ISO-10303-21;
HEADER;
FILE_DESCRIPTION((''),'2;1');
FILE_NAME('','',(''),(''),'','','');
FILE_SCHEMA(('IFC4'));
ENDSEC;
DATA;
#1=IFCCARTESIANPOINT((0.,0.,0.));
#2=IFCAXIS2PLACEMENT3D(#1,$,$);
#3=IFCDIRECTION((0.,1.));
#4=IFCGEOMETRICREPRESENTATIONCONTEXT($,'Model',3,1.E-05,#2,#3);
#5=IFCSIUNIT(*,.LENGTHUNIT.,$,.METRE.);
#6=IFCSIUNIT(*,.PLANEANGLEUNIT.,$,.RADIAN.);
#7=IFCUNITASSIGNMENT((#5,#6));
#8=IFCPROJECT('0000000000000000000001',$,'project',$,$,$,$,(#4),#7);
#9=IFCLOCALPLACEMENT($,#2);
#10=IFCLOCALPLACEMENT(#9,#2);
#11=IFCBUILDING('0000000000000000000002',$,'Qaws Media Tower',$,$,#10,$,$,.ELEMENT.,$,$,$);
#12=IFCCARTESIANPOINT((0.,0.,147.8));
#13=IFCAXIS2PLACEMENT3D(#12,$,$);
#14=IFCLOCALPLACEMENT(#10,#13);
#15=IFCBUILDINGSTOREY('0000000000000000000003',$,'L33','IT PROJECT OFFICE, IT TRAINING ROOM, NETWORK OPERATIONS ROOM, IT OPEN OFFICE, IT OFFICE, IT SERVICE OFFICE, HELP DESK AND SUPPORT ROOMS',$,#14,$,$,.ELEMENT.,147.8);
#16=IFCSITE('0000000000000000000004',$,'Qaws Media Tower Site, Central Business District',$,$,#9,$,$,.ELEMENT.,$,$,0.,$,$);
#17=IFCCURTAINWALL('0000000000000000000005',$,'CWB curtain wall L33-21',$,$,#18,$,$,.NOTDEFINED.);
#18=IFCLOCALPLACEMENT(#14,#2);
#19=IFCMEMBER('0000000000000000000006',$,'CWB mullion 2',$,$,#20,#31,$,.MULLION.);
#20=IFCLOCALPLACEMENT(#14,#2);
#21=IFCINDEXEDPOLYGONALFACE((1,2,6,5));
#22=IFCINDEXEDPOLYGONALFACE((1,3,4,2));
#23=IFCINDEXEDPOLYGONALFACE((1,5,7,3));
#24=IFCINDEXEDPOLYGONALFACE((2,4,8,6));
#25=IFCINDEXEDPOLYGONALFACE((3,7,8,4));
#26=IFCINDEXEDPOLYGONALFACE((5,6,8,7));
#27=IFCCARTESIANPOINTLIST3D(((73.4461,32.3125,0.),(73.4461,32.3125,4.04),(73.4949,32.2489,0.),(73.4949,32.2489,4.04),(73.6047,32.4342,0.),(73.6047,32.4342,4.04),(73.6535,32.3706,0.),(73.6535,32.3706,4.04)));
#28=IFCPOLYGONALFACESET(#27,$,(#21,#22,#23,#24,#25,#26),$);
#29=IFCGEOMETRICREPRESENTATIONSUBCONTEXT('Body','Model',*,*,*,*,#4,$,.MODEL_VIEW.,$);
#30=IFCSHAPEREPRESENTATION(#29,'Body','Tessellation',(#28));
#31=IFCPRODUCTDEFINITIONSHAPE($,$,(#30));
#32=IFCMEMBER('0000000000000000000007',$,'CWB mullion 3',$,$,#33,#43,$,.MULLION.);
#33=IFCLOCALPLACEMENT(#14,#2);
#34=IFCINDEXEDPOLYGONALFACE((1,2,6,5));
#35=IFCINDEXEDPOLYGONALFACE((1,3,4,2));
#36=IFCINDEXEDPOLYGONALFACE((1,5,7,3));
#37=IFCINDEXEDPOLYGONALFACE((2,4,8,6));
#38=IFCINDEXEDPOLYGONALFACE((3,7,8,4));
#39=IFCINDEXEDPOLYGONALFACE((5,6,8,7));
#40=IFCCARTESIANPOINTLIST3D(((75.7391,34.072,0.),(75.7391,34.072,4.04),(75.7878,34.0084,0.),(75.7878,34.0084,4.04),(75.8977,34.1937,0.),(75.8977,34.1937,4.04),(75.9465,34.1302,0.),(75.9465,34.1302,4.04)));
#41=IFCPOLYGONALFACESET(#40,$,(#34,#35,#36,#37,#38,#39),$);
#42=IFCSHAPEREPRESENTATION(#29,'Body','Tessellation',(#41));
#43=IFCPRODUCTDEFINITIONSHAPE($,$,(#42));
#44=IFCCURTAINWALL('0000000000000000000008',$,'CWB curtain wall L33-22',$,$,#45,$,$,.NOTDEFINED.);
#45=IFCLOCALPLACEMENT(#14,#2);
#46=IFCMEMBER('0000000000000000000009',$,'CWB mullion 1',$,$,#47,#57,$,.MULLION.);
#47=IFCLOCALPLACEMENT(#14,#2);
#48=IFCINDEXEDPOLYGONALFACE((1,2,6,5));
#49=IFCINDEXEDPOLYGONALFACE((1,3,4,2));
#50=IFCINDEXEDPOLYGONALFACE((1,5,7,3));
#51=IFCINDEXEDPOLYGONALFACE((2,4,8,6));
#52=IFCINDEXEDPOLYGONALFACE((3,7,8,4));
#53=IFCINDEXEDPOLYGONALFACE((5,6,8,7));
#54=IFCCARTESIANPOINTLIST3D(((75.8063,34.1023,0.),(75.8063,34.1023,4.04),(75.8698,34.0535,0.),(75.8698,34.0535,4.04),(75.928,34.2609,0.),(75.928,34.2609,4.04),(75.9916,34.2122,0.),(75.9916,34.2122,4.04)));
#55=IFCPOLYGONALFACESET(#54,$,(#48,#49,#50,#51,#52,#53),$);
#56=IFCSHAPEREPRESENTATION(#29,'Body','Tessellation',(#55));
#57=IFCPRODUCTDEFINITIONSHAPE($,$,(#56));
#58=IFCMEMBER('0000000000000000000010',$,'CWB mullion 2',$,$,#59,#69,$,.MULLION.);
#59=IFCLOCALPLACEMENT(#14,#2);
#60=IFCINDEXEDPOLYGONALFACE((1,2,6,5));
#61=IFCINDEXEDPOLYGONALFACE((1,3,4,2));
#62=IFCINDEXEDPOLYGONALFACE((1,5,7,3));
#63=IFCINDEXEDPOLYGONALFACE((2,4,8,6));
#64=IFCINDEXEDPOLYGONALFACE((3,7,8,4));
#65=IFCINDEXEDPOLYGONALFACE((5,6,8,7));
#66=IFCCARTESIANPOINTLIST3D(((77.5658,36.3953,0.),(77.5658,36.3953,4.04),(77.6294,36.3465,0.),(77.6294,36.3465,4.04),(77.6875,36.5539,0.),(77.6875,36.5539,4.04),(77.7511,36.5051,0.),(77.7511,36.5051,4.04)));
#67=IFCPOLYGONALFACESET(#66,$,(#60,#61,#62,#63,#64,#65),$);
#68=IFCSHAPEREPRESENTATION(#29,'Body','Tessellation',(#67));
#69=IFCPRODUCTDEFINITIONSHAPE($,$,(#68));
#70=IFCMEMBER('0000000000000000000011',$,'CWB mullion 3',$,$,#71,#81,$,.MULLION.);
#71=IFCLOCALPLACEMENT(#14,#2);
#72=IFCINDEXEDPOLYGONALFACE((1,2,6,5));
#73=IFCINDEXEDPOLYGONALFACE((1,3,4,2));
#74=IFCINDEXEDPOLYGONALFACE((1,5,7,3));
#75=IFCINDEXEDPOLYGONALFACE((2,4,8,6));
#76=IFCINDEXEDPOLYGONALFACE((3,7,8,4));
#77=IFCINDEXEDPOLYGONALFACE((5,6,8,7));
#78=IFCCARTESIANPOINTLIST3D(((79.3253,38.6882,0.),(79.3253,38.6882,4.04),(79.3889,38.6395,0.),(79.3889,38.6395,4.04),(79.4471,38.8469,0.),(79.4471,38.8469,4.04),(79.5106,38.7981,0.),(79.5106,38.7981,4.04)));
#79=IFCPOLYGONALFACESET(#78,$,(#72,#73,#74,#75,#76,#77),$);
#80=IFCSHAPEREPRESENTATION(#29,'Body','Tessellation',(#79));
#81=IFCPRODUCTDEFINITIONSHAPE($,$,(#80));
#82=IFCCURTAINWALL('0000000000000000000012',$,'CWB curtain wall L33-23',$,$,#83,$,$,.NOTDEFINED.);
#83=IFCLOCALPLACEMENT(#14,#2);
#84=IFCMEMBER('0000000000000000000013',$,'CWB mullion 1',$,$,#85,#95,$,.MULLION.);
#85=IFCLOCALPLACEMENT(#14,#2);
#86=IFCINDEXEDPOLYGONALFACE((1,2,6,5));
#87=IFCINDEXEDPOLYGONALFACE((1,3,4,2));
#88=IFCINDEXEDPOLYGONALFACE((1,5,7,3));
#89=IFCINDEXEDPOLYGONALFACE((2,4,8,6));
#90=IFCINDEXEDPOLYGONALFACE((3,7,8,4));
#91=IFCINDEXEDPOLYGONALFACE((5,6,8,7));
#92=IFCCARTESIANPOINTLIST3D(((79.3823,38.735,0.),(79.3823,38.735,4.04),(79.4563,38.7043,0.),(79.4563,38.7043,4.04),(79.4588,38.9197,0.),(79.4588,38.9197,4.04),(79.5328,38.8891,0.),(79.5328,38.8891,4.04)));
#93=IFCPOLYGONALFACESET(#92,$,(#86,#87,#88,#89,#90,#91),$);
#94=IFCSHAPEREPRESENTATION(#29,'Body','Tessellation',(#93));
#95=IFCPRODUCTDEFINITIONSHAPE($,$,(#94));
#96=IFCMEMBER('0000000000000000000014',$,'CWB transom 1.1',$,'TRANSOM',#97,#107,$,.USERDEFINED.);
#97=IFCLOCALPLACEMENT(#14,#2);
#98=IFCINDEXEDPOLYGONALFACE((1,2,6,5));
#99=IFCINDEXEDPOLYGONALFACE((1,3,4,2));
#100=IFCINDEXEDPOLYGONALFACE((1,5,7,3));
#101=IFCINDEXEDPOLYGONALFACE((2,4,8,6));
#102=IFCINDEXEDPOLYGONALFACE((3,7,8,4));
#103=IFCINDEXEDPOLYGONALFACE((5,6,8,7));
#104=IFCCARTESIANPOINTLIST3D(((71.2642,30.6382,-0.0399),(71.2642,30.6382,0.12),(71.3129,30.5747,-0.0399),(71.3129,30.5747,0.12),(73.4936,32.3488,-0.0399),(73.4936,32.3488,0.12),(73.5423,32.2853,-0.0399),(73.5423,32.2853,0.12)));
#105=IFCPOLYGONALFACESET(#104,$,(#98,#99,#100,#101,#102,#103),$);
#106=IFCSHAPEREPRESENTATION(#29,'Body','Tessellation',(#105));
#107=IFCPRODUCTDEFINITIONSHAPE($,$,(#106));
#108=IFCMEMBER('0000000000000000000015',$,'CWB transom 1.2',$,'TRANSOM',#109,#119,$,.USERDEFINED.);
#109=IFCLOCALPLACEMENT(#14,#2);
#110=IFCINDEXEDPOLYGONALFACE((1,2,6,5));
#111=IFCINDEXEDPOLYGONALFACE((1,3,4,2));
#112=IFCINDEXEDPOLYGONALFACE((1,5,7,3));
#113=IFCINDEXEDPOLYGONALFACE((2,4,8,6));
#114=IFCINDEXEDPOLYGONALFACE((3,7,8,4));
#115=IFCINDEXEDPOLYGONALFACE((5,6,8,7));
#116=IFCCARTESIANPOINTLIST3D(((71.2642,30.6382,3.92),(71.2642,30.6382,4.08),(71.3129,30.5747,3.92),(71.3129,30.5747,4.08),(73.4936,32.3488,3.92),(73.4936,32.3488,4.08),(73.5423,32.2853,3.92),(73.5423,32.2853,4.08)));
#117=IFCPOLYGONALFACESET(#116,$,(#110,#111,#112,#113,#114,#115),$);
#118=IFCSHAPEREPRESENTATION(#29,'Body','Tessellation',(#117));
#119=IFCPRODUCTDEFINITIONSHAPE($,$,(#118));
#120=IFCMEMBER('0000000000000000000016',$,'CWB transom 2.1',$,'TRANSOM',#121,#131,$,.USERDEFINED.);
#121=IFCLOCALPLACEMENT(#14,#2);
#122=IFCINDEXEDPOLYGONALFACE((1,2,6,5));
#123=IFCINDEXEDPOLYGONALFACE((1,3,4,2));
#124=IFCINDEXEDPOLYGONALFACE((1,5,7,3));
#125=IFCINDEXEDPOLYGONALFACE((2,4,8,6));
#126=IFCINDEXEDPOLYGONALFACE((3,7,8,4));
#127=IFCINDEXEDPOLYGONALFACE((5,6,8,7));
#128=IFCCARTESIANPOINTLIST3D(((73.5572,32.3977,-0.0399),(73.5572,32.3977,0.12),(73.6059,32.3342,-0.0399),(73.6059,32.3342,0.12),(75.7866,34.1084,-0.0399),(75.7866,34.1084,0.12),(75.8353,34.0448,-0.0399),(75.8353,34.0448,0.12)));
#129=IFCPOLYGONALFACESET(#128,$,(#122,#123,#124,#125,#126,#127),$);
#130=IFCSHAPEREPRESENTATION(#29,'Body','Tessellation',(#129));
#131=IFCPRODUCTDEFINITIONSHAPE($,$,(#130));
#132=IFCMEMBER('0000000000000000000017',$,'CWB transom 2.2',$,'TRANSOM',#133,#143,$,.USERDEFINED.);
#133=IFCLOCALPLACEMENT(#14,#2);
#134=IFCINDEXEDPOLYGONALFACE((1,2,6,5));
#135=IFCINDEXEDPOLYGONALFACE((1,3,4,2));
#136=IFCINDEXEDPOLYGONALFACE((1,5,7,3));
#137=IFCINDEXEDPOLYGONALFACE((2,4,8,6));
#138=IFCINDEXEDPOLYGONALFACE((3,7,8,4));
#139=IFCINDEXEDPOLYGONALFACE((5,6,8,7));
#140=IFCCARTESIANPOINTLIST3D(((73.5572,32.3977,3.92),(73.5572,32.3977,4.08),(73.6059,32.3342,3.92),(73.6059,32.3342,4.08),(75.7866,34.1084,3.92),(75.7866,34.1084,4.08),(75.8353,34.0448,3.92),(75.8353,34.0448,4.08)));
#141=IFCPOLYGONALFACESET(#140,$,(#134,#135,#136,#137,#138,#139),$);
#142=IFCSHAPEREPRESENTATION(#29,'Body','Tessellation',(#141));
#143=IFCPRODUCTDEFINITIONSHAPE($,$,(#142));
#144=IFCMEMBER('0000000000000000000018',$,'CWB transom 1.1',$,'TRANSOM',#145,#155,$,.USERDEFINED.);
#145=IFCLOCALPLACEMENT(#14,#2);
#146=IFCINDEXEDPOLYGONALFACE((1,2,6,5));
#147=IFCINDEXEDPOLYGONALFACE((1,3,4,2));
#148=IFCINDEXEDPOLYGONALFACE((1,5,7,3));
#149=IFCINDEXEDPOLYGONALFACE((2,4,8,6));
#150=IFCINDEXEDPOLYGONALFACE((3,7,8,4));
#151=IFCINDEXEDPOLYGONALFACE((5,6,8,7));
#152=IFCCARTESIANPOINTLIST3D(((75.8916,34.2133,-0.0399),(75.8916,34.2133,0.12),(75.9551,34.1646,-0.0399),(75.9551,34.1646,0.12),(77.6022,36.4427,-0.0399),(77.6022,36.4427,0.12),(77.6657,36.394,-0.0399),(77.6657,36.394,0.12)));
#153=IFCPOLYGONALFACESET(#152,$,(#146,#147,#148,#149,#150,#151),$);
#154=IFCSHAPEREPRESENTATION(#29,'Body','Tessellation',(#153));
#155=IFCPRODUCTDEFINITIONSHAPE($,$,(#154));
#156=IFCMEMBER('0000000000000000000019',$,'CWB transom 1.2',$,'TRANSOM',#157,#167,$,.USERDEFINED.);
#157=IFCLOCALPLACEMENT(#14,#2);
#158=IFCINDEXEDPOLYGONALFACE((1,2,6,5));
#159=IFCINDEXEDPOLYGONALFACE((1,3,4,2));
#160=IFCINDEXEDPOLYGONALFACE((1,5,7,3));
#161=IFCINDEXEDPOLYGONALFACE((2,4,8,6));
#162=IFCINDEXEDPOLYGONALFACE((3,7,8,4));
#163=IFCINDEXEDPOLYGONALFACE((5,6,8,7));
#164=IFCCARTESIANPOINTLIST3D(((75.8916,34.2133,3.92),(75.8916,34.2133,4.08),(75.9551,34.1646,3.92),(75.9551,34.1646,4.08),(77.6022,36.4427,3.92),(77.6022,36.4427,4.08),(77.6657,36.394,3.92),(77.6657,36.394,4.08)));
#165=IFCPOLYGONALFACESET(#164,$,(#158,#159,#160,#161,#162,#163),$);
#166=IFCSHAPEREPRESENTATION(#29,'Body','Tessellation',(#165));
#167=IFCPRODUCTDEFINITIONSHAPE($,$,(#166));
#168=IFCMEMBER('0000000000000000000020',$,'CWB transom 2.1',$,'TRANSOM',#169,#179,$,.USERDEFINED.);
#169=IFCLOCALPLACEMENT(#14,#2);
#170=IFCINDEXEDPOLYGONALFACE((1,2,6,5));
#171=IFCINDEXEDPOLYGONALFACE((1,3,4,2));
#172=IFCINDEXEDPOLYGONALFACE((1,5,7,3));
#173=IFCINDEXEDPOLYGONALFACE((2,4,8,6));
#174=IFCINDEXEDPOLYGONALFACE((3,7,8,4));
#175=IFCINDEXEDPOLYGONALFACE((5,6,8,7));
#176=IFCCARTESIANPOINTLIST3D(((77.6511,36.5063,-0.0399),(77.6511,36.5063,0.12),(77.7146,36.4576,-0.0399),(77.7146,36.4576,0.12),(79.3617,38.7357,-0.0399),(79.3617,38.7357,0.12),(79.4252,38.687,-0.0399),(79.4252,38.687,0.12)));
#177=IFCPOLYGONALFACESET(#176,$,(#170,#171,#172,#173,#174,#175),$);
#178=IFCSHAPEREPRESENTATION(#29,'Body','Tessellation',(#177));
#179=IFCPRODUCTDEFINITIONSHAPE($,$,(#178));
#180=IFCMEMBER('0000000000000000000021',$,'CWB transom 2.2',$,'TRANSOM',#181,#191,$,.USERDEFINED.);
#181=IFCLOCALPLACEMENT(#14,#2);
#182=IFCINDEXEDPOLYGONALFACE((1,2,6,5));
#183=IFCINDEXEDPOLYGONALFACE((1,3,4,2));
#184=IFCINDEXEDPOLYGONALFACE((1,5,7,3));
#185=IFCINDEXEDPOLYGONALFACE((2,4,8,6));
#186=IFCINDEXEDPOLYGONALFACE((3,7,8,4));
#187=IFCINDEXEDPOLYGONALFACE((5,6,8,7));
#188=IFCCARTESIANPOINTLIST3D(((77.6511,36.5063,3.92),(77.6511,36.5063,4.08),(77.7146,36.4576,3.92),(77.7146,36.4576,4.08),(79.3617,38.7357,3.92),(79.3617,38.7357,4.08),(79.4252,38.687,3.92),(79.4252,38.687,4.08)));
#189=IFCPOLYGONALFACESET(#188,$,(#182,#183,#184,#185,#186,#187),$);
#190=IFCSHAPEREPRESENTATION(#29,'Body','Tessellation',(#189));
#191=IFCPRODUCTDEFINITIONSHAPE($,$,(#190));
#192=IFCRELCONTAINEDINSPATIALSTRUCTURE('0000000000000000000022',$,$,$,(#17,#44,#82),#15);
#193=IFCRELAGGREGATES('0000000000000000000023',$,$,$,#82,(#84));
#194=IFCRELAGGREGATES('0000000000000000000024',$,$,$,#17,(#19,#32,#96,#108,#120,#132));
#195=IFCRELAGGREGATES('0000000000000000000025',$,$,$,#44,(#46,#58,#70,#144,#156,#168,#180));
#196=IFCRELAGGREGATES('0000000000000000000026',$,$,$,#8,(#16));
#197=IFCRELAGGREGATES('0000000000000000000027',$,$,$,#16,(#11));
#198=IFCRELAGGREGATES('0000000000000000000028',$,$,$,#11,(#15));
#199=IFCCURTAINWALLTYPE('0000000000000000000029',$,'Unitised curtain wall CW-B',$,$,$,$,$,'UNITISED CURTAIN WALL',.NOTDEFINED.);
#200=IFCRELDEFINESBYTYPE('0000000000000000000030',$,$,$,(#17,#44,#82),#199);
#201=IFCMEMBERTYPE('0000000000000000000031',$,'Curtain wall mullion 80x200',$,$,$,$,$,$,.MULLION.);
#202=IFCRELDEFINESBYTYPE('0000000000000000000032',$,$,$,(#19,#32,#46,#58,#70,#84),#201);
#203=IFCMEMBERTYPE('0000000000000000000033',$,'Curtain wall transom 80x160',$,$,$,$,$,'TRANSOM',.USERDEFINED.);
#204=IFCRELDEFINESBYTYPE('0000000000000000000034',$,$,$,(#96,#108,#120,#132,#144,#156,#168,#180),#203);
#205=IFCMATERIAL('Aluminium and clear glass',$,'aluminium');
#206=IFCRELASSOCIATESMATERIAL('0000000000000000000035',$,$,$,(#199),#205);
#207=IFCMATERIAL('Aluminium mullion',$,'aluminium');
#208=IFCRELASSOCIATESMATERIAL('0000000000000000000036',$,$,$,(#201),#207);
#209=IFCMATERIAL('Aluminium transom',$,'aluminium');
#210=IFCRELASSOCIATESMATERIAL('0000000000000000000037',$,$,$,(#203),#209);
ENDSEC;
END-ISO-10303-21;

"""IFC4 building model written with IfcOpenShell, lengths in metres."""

from ifc_helpers import new_model, si_unit, direction, frame, origin, origin_2d, place, context, subcontext, project, spatial, rectangle, extrude, material, material_profile, profile_set, type_object, element, aggregate, save


model = new_model("IFC4")

# Units and contexts
model_context = context("Model", 3, precision=1e-05, world=origin(), true_north=direction((0.0, 1.0)))
body_context = subcontext(model_context, "Body", "Model", "MODEL_VIEW")
ifc_project = project(units=[si_unit("LENGTHUNIT", "METRE"), si_unit("PLANEANGLEUNIT", "RADIAN")], contexts=[model_context])

# Site, building, storey
site_placement = place(None, origin())
site = spatial("IfcSite", under=ifc_project, at=site_placement, Name="Qaws Media Tower Site, Central Business District", CompositionType="ELEMENT", RefElevation=0.0)
building_placement = place(site_placement, origin())
building = spatial("IfcBuilding", under=site, at=building_placement, Name="Qaws Media Tower", CompositionType="ELEMENT")
storey_placement = place(building_placement, frame((0.0, 0.0, 147.8)))
storey = spatial("IfcBuildingStorey", under=building, at=storey_placement, Name="L33", Description="IT PROJECT OFFICE, IT TRAINING ROOM, NETWORK OPERATIONS ROOM, IT OPEN OFFICE, IT OFFICE, IT SERVICE OFFICE, HELP DESK AND SUPPORT ROOMS", CompositionType="ELEMENT", Elevation=147.8)

# Curtain walls, members
ifc_material_1 = material(Name="Aluminium and clear glass", Category="aluminium")
curtain_wall_type = type_object("IfcCurtainWallType", Name="Unitised curtain wall CW-B", ElementType="UNITISED CURTAIN WALL", PredefinedType="NOTDEFINED", material=ifc_material_1)
curtain_wall_1_placement = place(storey_placement, origin())
curtain_wall_1 = element("IfcCurtainWall", 1, at=curtain_wall_1_placement, inside=storey, type_object=curtain_wall_type, Name="CWB curtain wall L33-21", PredefinedType="NOTDEFINED")
ifc_material_2 = material(Name="Aluminium mullion", Category="aluminium")
ifc_material_profile_1 = material_profile(ifc_material_2, rectangle(XDim=0.0801, YDim=0.2, at=origin_2d()), Name="80x200")
ifc_profile_set_1 = profile_set([ifc_material_profile_1], Name="Aluminium mullion")
member_type_1 = type_object("IfcMemberType", Name="Curtain wall mullion 80x200", PredefinedType="MULLION", material=ifc_profile_set_1)
member_1_placement = place(storey_placement, frame((73.5498, 32.3416, 0.0), z_axis=(0.0, 0.0, 1.0), x_axis=(-0.608761, 0.793353, 0.0)))
member_1 = element("IfcMember", 2, at=member_1_placement, type_object=member_type_1, Name="CWB mullion 2", PredefinedType="MULLION", context=body_context, shape_type="SweptSolid", body=[
    extrude(rectangle(XDim=0.0801, YDim=0.2, at=origin_2d()), origin(), (0.0, 0.0, 1.0), 4.04),
])
member_2_placement = place(storey_placement, frame((75.8428, 34.1011, 0.0), z_axis=(0.0, 0.0, 1.0), x_axis=(-0.608761, 0.793353, 0.0)))
member_2 = element("IfcMember", 3, at=member_2_placement, type_object=member_type_1, Name="CWB mullion 3", PredefinedType="MULLION", context=body_context, shape_type="SweptSolid", body=[
    extrude(rectangle(XDim=0.0801, YDim=0.2, at=origin_2d()), origin(), (0.0, 0.0, 1.0), 4.04),
])
curtain_wall_2_placement = place(storey_placement, origin())
curtain_wall_2 = element("IfcCurtainWall", 4, at=curtain_wall_2_placement, inside=storey, type_object=curtain_wall_type, Name="CWB curtain wall L33-22", PredefinedType="NOTDEFINED")
member_3_placement = place(storey_placement, frame((75.8989, 34.1572, 0.0), z_axis=(0.0, 0.0, 1.0), x_axis=(-0.793353, 0.608761, 0.0)))
member_3 = element("IfcMember", 5, at=member_3_placement, type_object=member_type_1, Name="CWB mullion 1", PredefinedType="MULLION", context=body_context, shape_type="SweptSolid", body=[
    extrude(rectangle(XDim=0.0801, YDim=0.2, at=origin_2d()), origin(), (0.0, 0.0, 1.0), 4.04),
])
member_4_placement = place(storey_placement, frame((77.6584, 36.4502, 0.0), z_axis=(0.0, 0.0, 1.0), x_axis=(-0.793353, 0.608761, 0.0)))
member_4 = element("IfcMember", 6, at=member_4_placement, type_object=member_type_1, Name="CWB mullion 2", PredefinedType="MULLION", context=body_context, shape_type="SweptSolid", body=[
    extrude(rectangle(XDim=0.0801, YDim=0.2, at=origin_2d()), origin(), (0.0, 0.0, 1.0), 4.04),
])
member_5_placement = place(storey_placement, frame((79.418, 38.7432, 0.0), z_axis=(0.0, 0.0, 1.0), x_axis=(-0.793353, 0.608761, 0.0)))
member_5 = element("IfcMember", 7, at=member_5_placement, type_object=member_type_1, Name="CWB mullion 3", PredefinedType="MULLION", context=body_context, shape_type="SweptSolid", body=[
    extrude(rectangle(XDim=0.0801, YDim=0.2, at=origin_2d()), origin(), (0.0, 0.0, 1.0), 4.04),
])

# Curtain wall, member
curtain_wall_3_placement = place(storey_placement, origin())
curtain_wall_3 = element("IfcCurtainWall", 8, at=curtain_wall_3_placement, inside=storey, type_object=curtain_wall_type, Name="CWB curtain wall L33-23", PredefinedType="NOTDEFINED")
member_6_placement = place(storey_placement, frame((79.4575, 38.812, 0.0), z_axis=(0.0, 0.0, 1.0), x_axis=(-0.923879, 0.382684, 0.0)))
member_6 = element("IfcMember", 9, at=member_6_placement, type_object=member_type_1, Name="CWB mullion 1", PredefinedType="MULLION", context=body_context, shape_type="SweptSolid", body=[
    extrude(rectangle(XDim=0.0801, YDim=0.2, at=origin_2d()), origin(), (0.0, 0.0, 1.0), 4.04),
])

# Members
ifc_material_3 = material(Name="Aluminium transom", Category="aluminium")
ifc_material_profile_2 = material_profile(ifc_material_3, rectangle(XDim=0.0801, YDim=0.1599, at=origin_2d()), Name="80x160")
ifc_profile_set_2 = profile_set([ifc_material_profile_2], Name="Aluminium transom")
member_type_2 = type_object("IfcMemberType", Name="Curtain wall transom 80x160", ElementType="TRANSOM", PredefinedType="USERDEFINED", material=ifc_profile_set_2)
member_7_placement = place(storey_placement, frame((71.2886, 30.6064, 0.04), z_axis=(0.793363, 0.608749, 0.0), x_axis=(-0.608749, 0.793363, 0.0)))
member_7 = element("IfcMember", 10, at=member_7_placement, type_object=member_type_2, Name="CWB transom 1.1", ObjectType="TRANSOM", PredefinedType="USERDEFINED", context=body_context, shape_type="SweptSolid", body=[
    extrude(rectangle(XDim=0.0801, YDim=0.1599, at=origin_2d()), origin(), (0.0, 0.0, 1.0), 2.8101),
])
member_8_placement = place(storey_placement, frame((71.2886, 30.6064, 4.0), z_axis=(0.793363, 0.608749, 0.0), x_axis=(-0.608749, 0.793363, 0.0)))
member_8 = element("IfcMember", 11, at=member_8_placement, type_object=member_type_2, Name="CWB transom 1.2", ObjectType="TRANSOM", PredefinedType="USERDEFINED", context=body_context, shape_type="SweptSolid", body=[
    extrude(rectangle(XDim=0.0801, YDim=0.1599, at=origin_2d()), origin(), (0.0, 0.0, 1.0), 2.8101),
])
member_9_placement = place(storey_placement, frame((73.5815, 32.366, 0.04), z_axis=(0.793363, 0.608749, 0.0), x_axis=(-0.608749, 0.793363, 0.0)))
member_9 = element("IfcMember", 12, at=member_9_placement, type_object=member_type_2, Name="CWB transom 2.1", ObjectType="TRANSOM", PredefinedType="USERDEFINED", context=body_context, shape_type="SweptSolid", body=[
    extrude(rectangle(XDim=0.0801, YDim=0.1599, at=origin_2d()), origin(), (0.0, 0.0, 1.0), 2.8101),
])
member_10_placement = place(storey_placement, frame((73.5815, 32.366, 4.0), z_axis=(0.793363, 0.608749, 0.0), x_axis=(-0.608749, 0.793363, 0.0)))
member_10 = element("IfcMember", 13, at=member_10_placement, type_object=member_type_2, Name="CWB transom 2.2", ObjectType="TRANSOM", PredefinedType="USERDEFINED", context=body_context, shape_type="SweptSolid", body=[
    extrude(rectangle(XDim=0.0801, YDim=0.1599, at=origin_2d()), origin(), (0.0, 0.0, 1.0), 2.8101),
])
member_11_placement = place(storey_placement, frame((75.9233, 34.189, 0.04), z_axis=(0.608749, 0.793363, 0.0), x_axis=(-0.793363, 0.608749, 0.0)))
member_11 = element("IfcMember", 14, at=member_11_placement, type_object=member_type_2, Name="CWB transom 1.1", ObjectType="TRANSOM", PredefinedType="USERDEFINED", context=body_context, shape_type="SweptSolid", body=[
    extrude(rectangle(XDim=0.0801, YDim=0.1599, at=origin_2d()), origin(), (0.0, 0.0, 1.0), 2.8101),
])
member_12_placement = place(storey_placement, frame((75.9233, 34.189, 4.0), z_axis=(0.608749, 0.793363, 0.0), x_axis=(-0.793363, 0.608749, 0.0)))
member_12 = element("IfcMember", 15, at=member_12_placement, type_object=member_type_2, Name="CWB transom 1.2", ObjectType="TRANSOM", PredefinedType="USERDEFINED", context=body_context, shape_type="SweptSolid", body=[
    extrude(rectangle(XDim=0.0801, YDim=0.1599, at=origin_2d()), origin(), (0.0, 0.0, 1.0), 2.8101),
])
member_13_placement = place(storey_placement, frame((77.6829, 36.4819, 0.04), z_axis=(0.608749, 0.793363, 0.0), x_axis=(-0.793363, 0.608749, 0.0)))
member_13 = element("IfcMember", 16, at=member_13_placement, type_object=member_type_2, Name="CWB transom 2.1", ObjectType="TRANSOM", PredefinedType="USERDEFINED", context=body_context, shape_type="SweptSolid", body=[
    extrude(rectangle(XDim=0.0801, YDim=0.1599, at=origin_2d()), origin(), (0.0, 0.0, 1.0), 2.8101),
])
member_14_placement = place(storey_placement, frame((77.6829, 36.4819, 4.0), z_axis=(0.608749, 0.793363, 0.0), x_axis=(-0.793363, 0.608749, 0.0)))
member_14 = element("IfcMember", 17, at=member_14_placement, type_object=member_type_2, Name="CWB transom 2.2", ObjectType="TRANSOM", PredefinedType="USERDEFINED", context=body_context, shape_type="SweptSolid", body=[
    extrude(rectangle(XDim=0.0801, YDim=0.1599, at=origin_2d()), origin(), (0.0, 0.0, 1.0), 2.8101),
])
aggregate(curtain_wall_3, [member_6])

aggregate(curtain_wall_1, [member_1, member_2, member_7, member_8, member_9, member_10])
aggregate(curtain_wall_2, [member_3, member_4, member_5, member_11, member_12, member_13, member_14])

save(model, "model.ifc")
